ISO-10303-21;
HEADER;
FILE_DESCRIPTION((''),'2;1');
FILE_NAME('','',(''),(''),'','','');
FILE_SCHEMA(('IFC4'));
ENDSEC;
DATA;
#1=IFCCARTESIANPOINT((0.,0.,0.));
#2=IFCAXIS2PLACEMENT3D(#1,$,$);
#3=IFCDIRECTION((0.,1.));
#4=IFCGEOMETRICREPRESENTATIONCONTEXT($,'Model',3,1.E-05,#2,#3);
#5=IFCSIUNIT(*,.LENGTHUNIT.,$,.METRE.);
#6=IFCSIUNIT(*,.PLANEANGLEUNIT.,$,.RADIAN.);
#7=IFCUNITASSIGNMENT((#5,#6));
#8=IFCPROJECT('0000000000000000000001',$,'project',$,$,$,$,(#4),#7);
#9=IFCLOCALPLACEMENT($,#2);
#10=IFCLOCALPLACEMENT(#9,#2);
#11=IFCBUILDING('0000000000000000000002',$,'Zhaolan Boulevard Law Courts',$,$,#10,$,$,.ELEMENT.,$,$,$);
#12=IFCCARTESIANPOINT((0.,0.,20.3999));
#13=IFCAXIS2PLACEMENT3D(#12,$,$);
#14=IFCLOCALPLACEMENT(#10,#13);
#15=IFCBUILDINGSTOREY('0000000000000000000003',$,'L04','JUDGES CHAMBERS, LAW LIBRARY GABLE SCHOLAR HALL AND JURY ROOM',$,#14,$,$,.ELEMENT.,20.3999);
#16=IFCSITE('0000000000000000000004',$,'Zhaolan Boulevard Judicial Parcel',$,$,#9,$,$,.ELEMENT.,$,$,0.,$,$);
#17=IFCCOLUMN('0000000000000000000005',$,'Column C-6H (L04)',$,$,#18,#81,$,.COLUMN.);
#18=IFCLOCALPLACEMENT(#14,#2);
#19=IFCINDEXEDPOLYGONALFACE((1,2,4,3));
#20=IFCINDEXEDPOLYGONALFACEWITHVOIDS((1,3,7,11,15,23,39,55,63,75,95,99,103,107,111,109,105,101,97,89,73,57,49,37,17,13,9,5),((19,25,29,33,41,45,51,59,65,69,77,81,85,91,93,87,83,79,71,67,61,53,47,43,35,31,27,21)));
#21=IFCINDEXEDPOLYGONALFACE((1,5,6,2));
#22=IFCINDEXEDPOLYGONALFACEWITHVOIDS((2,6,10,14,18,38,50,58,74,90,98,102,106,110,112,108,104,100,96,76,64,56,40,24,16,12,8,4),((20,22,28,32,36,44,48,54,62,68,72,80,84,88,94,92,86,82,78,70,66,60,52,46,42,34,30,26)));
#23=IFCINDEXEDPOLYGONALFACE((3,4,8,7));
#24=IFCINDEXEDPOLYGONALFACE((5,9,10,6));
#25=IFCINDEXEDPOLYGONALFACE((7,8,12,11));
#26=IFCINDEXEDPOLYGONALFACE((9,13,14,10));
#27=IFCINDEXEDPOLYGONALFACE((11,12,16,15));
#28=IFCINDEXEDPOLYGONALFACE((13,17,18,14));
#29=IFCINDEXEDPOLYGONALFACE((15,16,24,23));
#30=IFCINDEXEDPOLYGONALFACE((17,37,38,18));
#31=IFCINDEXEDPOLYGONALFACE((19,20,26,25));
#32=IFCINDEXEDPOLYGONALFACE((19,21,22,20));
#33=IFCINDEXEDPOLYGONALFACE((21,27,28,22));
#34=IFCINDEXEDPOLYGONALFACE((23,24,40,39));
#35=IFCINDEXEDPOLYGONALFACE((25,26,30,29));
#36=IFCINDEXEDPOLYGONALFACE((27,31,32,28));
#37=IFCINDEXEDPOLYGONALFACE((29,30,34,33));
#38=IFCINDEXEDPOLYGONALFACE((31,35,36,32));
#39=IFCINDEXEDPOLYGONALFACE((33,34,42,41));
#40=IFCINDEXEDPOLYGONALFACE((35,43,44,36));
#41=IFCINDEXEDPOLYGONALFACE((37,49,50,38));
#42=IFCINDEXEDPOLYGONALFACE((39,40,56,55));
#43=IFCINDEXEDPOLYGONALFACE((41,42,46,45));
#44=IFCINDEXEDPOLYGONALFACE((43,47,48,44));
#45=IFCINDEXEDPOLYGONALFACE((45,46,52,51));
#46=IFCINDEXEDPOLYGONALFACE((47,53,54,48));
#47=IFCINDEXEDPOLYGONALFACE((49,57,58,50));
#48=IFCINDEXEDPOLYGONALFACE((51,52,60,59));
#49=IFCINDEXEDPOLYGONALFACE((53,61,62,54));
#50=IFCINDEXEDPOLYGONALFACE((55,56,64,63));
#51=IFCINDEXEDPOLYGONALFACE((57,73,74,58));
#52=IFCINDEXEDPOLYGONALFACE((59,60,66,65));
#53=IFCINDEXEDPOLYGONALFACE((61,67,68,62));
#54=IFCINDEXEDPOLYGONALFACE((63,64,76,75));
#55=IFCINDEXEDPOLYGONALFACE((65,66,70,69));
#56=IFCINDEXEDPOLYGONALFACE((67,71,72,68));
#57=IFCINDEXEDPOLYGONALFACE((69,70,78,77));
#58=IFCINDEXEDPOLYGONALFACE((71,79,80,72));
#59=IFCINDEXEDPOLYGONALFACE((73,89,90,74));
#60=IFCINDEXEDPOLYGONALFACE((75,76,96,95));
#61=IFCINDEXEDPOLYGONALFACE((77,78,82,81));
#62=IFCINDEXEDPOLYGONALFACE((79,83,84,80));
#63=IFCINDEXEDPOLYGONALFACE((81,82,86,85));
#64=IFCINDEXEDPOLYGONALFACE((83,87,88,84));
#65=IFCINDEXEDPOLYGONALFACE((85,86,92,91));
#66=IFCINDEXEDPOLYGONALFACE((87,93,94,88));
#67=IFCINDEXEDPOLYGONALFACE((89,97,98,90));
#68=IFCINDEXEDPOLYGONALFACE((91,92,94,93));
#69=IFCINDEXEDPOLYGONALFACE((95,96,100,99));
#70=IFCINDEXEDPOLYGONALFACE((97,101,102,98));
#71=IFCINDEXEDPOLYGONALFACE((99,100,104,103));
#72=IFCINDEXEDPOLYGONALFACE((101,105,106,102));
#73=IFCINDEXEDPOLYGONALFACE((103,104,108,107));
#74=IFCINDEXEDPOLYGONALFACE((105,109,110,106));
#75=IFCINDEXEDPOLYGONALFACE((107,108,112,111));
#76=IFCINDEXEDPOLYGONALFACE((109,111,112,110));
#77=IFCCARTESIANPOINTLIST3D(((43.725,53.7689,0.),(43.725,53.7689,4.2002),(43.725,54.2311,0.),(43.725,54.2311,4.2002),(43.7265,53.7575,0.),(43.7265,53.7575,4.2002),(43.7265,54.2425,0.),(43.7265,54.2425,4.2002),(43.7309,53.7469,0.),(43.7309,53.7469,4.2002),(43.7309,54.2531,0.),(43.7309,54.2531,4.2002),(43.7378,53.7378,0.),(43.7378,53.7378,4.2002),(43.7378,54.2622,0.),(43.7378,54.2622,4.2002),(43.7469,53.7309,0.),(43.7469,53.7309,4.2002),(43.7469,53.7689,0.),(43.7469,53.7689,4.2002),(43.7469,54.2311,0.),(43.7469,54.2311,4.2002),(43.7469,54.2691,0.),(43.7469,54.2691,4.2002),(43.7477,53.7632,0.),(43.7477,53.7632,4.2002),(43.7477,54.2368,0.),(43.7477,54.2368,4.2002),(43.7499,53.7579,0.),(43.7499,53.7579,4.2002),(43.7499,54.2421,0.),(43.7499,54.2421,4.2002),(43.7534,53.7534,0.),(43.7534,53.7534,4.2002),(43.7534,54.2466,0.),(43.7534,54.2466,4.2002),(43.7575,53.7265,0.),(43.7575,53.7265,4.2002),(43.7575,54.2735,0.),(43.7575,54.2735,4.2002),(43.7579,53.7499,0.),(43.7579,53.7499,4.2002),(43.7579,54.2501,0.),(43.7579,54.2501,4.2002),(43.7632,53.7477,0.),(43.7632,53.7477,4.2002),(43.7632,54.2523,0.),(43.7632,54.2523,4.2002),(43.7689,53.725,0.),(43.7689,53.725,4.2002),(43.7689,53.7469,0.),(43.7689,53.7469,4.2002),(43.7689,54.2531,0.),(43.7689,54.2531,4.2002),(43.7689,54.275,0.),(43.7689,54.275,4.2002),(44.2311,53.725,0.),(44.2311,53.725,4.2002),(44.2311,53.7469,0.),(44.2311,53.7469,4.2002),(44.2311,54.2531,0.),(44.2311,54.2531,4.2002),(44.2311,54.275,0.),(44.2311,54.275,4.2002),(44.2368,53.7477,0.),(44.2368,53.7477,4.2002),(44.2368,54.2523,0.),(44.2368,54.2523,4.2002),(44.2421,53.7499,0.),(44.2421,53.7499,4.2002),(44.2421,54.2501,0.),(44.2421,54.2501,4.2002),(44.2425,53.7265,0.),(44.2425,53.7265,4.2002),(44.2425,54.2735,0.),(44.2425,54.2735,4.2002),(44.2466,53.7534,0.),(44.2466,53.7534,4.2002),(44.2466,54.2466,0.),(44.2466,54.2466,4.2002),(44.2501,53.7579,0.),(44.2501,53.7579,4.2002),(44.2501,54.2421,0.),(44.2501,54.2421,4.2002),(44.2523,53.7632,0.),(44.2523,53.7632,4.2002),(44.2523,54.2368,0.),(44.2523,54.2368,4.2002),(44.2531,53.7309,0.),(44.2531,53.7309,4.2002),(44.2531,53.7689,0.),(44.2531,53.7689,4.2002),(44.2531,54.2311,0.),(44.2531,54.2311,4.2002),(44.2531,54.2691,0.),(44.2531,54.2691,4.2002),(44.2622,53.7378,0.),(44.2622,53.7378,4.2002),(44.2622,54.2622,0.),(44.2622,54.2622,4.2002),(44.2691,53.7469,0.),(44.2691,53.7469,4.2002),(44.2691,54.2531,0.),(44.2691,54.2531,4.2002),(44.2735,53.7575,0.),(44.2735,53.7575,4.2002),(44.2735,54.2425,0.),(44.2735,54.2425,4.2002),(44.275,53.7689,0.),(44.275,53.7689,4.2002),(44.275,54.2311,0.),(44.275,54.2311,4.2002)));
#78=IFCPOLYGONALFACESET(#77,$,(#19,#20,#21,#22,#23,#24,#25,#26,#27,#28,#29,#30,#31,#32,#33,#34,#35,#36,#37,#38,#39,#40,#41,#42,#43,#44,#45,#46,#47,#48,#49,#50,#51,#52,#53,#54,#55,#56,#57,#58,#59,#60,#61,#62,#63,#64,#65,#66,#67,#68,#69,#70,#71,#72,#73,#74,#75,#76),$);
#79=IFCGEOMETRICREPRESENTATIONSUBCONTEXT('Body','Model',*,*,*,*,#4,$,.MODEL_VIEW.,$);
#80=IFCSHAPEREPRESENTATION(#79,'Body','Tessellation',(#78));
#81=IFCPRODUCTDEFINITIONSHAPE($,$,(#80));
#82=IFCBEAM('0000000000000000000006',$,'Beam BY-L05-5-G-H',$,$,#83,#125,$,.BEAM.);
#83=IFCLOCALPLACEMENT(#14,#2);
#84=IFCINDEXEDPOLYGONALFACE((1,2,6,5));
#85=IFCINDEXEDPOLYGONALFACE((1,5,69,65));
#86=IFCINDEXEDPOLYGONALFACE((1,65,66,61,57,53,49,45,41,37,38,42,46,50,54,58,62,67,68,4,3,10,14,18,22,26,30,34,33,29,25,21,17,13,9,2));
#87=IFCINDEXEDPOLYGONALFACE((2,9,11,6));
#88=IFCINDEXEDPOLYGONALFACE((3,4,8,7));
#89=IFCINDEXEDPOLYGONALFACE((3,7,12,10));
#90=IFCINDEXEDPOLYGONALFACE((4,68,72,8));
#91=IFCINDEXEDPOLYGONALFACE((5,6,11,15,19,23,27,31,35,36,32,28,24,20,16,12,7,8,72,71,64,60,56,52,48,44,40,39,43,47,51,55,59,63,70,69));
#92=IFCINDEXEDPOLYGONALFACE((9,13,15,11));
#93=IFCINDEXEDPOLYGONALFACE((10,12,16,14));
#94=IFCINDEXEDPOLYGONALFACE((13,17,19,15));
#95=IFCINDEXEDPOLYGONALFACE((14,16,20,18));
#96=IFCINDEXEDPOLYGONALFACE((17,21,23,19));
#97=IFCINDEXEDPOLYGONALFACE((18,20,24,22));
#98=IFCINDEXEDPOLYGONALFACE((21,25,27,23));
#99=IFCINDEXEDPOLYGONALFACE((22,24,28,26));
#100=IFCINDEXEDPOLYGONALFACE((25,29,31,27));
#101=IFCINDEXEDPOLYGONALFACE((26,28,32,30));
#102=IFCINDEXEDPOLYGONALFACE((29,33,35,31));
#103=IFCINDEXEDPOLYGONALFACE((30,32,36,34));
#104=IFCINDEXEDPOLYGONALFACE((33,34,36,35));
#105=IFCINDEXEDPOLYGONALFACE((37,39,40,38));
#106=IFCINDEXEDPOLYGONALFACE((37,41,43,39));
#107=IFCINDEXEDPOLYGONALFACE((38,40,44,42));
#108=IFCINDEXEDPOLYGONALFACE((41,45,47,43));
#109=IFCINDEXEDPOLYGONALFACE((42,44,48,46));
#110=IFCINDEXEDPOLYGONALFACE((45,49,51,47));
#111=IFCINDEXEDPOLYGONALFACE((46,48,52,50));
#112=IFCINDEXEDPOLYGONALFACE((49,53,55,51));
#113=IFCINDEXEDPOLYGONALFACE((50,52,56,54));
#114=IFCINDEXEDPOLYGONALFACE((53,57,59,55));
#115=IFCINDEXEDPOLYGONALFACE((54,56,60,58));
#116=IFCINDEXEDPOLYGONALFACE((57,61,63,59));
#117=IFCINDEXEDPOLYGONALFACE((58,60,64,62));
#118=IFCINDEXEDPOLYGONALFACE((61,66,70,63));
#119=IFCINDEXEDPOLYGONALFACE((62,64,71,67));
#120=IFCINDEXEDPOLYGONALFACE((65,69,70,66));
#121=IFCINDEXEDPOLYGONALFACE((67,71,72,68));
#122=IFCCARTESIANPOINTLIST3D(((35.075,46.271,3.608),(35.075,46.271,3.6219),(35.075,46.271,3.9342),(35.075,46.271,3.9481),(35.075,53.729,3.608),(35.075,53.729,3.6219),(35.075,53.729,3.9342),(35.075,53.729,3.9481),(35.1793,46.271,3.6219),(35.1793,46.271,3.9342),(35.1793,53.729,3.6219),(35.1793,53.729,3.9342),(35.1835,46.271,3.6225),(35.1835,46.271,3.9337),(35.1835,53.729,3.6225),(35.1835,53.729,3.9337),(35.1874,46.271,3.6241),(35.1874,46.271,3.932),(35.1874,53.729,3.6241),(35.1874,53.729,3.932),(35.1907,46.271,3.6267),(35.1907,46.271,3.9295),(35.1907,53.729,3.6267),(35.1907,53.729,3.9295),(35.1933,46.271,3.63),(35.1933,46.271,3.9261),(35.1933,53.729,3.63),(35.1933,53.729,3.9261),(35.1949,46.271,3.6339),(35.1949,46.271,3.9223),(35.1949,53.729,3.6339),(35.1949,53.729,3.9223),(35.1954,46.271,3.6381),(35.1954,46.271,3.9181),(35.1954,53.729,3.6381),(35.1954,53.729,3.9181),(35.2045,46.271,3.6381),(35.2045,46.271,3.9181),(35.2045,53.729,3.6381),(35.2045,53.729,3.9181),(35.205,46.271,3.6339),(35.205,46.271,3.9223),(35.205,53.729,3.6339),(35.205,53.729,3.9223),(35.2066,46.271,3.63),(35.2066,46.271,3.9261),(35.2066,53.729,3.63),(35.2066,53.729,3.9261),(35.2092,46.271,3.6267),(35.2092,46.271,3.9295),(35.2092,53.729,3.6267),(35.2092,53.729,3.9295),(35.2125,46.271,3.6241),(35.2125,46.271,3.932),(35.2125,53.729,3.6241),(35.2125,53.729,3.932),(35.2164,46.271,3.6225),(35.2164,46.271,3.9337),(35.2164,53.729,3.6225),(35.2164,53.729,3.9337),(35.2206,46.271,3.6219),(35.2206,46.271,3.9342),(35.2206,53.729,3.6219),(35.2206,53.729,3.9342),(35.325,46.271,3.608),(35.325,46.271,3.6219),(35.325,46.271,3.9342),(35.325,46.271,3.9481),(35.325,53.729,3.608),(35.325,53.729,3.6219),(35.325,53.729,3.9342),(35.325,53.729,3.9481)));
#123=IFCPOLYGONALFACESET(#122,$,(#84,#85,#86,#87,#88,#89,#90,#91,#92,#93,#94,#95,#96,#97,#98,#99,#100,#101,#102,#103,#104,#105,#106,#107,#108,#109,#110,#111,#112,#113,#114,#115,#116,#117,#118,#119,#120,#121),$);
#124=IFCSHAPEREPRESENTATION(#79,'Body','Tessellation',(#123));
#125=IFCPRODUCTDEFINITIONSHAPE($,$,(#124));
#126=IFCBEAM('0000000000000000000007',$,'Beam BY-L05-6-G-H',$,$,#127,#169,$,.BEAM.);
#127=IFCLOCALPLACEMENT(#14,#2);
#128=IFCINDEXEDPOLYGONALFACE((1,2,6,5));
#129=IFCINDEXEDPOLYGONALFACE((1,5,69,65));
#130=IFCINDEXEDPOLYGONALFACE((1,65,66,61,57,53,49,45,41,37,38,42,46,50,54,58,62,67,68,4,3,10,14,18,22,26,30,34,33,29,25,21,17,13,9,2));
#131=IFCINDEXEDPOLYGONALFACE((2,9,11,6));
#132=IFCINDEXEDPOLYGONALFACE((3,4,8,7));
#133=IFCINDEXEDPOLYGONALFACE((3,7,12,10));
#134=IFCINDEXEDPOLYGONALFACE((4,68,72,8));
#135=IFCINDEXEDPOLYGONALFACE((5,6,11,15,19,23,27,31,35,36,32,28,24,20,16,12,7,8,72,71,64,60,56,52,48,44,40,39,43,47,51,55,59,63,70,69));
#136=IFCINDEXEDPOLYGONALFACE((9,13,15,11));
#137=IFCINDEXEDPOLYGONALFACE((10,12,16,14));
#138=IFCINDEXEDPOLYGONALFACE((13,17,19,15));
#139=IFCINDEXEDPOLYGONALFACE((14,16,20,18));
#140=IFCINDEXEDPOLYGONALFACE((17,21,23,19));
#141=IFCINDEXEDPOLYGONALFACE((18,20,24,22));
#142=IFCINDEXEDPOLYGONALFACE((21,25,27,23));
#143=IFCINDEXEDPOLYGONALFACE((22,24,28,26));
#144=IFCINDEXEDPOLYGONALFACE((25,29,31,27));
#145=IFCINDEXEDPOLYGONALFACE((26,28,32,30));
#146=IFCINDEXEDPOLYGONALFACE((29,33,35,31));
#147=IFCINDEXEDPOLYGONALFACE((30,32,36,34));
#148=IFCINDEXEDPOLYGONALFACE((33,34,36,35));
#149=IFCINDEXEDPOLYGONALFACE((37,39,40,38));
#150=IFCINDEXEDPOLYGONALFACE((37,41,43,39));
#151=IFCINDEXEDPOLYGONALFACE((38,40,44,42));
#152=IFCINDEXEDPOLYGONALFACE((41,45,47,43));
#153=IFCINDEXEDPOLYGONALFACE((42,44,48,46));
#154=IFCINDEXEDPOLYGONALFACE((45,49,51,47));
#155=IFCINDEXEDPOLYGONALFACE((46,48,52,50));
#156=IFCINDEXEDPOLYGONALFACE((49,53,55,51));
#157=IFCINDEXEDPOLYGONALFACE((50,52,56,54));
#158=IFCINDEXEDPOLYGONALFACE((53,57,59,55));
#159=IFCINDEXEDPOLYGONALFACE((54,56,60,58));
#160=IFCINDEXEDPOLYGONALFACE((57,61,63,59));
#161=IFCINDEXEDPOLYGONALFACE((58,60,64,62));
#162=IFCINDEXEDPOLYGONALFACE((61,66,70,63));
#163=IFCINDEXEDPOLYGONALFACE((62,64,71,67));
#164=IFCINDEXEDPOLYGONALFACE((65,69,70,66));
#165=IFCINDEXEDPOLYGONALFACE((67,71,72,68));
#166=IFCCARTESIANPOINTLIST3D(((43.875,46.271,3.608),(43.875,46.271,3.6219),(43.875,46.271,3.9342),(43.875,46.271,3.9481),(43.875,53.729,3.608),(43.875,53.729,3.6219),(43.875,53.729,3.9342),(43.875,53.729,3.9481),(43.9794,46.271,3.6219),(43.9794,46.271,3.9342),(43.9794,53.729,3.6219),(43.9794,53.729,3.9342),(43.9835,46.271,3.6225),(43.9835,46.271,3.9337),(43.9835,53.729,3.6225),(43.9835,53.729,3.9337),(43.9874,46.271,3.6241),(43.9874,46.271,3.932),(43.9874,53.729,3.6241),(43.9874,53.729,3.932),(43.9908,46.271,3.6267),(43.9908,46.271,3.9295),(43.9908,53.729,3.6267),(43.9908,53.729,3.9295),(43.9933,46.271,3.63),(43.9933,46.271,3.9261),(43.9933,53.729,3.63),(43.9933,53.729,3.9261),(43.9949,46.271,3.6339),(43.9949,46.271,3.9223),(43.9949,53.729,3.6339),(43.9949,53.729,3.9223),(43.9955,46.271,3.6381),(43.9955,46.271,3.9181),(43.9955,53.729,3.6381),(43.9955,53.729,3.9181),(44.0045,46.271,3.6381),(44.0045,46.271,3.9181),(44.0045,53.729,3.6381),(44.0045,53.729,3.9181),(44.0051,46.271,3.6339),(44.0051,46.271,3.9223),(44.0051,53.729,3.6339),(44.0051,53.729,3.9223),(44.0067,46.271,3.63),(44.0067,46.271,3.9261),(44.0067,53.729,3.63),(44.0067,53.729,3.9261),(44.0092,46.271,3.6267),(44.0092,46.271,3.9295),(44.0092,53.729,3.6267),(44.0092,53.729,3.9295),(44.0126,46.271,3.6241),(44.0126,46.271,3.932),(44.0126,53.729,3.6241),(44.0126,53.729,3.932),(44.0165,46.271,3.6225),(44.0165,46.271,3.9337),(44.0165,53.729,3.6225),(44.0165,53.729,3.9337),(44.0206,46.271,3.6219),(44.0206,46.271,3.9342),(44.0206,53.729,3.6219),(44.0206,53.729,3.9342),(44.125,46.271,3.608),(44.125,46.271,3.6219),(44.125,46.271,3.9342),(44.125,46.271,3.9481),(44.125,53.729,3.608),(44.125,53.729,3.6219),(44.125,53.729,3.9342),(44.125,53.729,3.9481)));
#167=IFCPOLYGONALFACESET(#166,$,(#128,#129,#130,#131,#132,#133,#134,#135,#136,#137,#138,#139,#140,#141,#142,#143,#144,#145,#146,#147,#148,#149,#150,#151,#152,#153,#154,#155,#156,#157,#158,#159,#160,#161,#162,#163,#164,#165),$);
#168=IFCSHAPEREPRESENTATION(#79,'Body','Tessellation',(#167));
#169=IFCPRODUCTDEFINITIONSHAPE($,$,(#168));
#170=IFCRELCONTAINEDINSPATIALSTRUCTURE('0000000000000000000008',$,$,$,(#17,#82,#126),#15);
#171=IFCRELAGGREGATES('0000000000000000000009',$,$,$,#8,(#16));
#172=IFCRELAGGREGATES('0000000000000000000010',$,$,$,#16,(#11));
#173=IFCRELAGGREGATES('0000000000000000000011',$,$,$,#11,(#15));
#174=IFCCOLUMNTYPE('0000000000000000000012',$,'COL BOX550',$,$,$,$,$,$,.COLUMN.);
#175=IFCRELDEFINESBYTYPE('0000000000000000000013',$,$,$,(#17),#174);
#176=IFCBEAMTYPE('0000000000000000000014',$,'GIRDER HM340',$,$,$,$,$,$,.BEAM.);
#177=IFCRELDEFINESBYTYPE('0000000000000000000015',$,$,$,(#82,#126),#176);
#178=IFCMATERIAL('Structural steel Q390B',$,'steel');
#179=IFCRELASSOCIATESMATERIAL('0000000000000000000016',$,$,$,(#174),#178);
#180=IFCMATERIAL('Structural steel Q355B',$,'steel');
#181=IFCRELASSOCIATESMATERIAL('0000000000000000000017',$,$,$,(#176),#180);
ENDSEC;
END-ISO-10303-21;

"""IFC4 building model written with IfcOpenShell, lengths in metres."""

from ifc_helpers import new_model, si_unit, direction, frame, origin, origin_2d, place, context, subcontext, project, spatial, hollow_rectangle, i_section, extrude, material, material_profile, profile_set, type_object, element, save


model = new_model("IFC4")

# Units and contexts
model_context = context("Model", 3, precision=1e-05, world=origin(), true_north=direction((0.0, 1.0)))
body_context = subcontext(model_context, "Body", "Model", "MODEL_VIEW")
ifc_project = project(units=[si_unit("LENGTHUNIT", "METRE"), si_unit("PLANEANGLEUNIT", "RADIAN")], contexts=[model_context])

# Site, building, storey
site_placement = place(None, origin())
site = spatial("IfcSite", under=ifc_project, at=site_placement, Name="Zhaolan Boulevard Judicial Parcel", CompositionType="ELEMENT", RefElevation=0.0)
building_placement = place(site_placement, origin())
building = spatial("IfcBuilding", under=site, at=building_placement, Name="Zhaolan Boulevard Law Courts", CompositionType="ELEMENT")
storey_placement = place(building_placement, frame((0.0, 0.0, 20.3999)))
storey = spatial("IfcBuildingStorey", under=building, at=storey_placement, Name="L04", Description="JUDGES CHAMBERS, LAW LIBRARY GABLE SCHOLAR HALL AND JURY ROOM", CompositionType="ELEMENT", Elevation=20.3999)

# Column
ifc_material_1 = material(Name="Structural steel Q390B", Category="steel")
ifc_material_profile_1 = material_profile(ifc_material_1, hollow_rectangle(XDim=0.55, YDim=0.55, WallThickness=0.022, InnerFilletRadius=0.022, OuterFilletRadius=0.0439, at=origin_2d()), Name="BOX550x550x22")
ifc_profile_set_1 = profile_set([ifc_material_profile_1], Name="Structural steel Q390B")
column_type = type_object("IfcColumnType", Name="COL BOX550", PredefinedType="COLUMN", material=ifc_profile_set_1)
for number, where, z_axis, x_axis, name in (
    (1, (44.0, 54.0, 0.0), (0.0, 0.0, 1.0), (1.0, 0.0, 0.0), "Column C-6H (L04)"),
):
    element("IfcColumn", number, at=place(storey_placement, frame(where, z_axis=z_axis, x_axis=x_axis)), inside=storey, type_object=column_type, Name=name, PredefinedType="COLUMN", context=body_context, shape_type="SweptSolid", body=[
        extrude(hollow_rectangle(XDim=0.55, YDim=0.55, WallThickness=0.022, InnerFilletRadius=0.022, OuterFilletRadius=0.0439, at=origin_2d()), origin(), (0.0, 0.0, 1.0), 4.2002),
    ])

# Beams
ifc_material_2 = material(Name="Structural steel Q355B", Category="steel")
ifc_material_profile_2 = material_profile(ifc_material_2, i_section(OverallWidth=0.25, OverallDepth=0.3401, WebThickness=0.009, FlangeThickness=0.0139, FilletRadius=0.0161, at=origin_2d()), Name="HM340x250")
ifc_profile_set_2 = profile_set([ifc_material_profile_2], Name="Structural steel Q355B")
beam_type_1 = type_object("IfcBeamType", Name="GIRDER HM340", PredefinedType="BEAM", material=ifc_profile_set_2)
for number, where, z_axis, x_axis, name in (
    (2, (35.2, 46.271, 3.7781), (0.0, 1.0, 0.0), (-1.0, 0.0, 0.0), "Beam BY-L05-5-G-H"),
    (3, (44.0, 46.271, 3.7781), (0.0, 1.0, 0.0), (-1.0, 0.0, 0.0), "Beam BY-L05-6-G-H"),
):
    element("IfcBeam", number, at=place(storey_placement, frame(where, z_axis=z_axis, x_axis=x_axis)), inside=storey, type_object=beam_type_1, Name=name, PredefinedType="BEAM", context=body_context, shape_type="SweptSolid", body=[
        extrude(i_section(OverallWidth=0.25, OverallDepth=0.3401, WebThickness=0.009, FlangeThickness=0.0139, FilletRadius=0.0161, at=origin_2d()), origin(), (0.0, 0.0, 1.0), 7.458),
    ])

save(model, "model.ifc")
